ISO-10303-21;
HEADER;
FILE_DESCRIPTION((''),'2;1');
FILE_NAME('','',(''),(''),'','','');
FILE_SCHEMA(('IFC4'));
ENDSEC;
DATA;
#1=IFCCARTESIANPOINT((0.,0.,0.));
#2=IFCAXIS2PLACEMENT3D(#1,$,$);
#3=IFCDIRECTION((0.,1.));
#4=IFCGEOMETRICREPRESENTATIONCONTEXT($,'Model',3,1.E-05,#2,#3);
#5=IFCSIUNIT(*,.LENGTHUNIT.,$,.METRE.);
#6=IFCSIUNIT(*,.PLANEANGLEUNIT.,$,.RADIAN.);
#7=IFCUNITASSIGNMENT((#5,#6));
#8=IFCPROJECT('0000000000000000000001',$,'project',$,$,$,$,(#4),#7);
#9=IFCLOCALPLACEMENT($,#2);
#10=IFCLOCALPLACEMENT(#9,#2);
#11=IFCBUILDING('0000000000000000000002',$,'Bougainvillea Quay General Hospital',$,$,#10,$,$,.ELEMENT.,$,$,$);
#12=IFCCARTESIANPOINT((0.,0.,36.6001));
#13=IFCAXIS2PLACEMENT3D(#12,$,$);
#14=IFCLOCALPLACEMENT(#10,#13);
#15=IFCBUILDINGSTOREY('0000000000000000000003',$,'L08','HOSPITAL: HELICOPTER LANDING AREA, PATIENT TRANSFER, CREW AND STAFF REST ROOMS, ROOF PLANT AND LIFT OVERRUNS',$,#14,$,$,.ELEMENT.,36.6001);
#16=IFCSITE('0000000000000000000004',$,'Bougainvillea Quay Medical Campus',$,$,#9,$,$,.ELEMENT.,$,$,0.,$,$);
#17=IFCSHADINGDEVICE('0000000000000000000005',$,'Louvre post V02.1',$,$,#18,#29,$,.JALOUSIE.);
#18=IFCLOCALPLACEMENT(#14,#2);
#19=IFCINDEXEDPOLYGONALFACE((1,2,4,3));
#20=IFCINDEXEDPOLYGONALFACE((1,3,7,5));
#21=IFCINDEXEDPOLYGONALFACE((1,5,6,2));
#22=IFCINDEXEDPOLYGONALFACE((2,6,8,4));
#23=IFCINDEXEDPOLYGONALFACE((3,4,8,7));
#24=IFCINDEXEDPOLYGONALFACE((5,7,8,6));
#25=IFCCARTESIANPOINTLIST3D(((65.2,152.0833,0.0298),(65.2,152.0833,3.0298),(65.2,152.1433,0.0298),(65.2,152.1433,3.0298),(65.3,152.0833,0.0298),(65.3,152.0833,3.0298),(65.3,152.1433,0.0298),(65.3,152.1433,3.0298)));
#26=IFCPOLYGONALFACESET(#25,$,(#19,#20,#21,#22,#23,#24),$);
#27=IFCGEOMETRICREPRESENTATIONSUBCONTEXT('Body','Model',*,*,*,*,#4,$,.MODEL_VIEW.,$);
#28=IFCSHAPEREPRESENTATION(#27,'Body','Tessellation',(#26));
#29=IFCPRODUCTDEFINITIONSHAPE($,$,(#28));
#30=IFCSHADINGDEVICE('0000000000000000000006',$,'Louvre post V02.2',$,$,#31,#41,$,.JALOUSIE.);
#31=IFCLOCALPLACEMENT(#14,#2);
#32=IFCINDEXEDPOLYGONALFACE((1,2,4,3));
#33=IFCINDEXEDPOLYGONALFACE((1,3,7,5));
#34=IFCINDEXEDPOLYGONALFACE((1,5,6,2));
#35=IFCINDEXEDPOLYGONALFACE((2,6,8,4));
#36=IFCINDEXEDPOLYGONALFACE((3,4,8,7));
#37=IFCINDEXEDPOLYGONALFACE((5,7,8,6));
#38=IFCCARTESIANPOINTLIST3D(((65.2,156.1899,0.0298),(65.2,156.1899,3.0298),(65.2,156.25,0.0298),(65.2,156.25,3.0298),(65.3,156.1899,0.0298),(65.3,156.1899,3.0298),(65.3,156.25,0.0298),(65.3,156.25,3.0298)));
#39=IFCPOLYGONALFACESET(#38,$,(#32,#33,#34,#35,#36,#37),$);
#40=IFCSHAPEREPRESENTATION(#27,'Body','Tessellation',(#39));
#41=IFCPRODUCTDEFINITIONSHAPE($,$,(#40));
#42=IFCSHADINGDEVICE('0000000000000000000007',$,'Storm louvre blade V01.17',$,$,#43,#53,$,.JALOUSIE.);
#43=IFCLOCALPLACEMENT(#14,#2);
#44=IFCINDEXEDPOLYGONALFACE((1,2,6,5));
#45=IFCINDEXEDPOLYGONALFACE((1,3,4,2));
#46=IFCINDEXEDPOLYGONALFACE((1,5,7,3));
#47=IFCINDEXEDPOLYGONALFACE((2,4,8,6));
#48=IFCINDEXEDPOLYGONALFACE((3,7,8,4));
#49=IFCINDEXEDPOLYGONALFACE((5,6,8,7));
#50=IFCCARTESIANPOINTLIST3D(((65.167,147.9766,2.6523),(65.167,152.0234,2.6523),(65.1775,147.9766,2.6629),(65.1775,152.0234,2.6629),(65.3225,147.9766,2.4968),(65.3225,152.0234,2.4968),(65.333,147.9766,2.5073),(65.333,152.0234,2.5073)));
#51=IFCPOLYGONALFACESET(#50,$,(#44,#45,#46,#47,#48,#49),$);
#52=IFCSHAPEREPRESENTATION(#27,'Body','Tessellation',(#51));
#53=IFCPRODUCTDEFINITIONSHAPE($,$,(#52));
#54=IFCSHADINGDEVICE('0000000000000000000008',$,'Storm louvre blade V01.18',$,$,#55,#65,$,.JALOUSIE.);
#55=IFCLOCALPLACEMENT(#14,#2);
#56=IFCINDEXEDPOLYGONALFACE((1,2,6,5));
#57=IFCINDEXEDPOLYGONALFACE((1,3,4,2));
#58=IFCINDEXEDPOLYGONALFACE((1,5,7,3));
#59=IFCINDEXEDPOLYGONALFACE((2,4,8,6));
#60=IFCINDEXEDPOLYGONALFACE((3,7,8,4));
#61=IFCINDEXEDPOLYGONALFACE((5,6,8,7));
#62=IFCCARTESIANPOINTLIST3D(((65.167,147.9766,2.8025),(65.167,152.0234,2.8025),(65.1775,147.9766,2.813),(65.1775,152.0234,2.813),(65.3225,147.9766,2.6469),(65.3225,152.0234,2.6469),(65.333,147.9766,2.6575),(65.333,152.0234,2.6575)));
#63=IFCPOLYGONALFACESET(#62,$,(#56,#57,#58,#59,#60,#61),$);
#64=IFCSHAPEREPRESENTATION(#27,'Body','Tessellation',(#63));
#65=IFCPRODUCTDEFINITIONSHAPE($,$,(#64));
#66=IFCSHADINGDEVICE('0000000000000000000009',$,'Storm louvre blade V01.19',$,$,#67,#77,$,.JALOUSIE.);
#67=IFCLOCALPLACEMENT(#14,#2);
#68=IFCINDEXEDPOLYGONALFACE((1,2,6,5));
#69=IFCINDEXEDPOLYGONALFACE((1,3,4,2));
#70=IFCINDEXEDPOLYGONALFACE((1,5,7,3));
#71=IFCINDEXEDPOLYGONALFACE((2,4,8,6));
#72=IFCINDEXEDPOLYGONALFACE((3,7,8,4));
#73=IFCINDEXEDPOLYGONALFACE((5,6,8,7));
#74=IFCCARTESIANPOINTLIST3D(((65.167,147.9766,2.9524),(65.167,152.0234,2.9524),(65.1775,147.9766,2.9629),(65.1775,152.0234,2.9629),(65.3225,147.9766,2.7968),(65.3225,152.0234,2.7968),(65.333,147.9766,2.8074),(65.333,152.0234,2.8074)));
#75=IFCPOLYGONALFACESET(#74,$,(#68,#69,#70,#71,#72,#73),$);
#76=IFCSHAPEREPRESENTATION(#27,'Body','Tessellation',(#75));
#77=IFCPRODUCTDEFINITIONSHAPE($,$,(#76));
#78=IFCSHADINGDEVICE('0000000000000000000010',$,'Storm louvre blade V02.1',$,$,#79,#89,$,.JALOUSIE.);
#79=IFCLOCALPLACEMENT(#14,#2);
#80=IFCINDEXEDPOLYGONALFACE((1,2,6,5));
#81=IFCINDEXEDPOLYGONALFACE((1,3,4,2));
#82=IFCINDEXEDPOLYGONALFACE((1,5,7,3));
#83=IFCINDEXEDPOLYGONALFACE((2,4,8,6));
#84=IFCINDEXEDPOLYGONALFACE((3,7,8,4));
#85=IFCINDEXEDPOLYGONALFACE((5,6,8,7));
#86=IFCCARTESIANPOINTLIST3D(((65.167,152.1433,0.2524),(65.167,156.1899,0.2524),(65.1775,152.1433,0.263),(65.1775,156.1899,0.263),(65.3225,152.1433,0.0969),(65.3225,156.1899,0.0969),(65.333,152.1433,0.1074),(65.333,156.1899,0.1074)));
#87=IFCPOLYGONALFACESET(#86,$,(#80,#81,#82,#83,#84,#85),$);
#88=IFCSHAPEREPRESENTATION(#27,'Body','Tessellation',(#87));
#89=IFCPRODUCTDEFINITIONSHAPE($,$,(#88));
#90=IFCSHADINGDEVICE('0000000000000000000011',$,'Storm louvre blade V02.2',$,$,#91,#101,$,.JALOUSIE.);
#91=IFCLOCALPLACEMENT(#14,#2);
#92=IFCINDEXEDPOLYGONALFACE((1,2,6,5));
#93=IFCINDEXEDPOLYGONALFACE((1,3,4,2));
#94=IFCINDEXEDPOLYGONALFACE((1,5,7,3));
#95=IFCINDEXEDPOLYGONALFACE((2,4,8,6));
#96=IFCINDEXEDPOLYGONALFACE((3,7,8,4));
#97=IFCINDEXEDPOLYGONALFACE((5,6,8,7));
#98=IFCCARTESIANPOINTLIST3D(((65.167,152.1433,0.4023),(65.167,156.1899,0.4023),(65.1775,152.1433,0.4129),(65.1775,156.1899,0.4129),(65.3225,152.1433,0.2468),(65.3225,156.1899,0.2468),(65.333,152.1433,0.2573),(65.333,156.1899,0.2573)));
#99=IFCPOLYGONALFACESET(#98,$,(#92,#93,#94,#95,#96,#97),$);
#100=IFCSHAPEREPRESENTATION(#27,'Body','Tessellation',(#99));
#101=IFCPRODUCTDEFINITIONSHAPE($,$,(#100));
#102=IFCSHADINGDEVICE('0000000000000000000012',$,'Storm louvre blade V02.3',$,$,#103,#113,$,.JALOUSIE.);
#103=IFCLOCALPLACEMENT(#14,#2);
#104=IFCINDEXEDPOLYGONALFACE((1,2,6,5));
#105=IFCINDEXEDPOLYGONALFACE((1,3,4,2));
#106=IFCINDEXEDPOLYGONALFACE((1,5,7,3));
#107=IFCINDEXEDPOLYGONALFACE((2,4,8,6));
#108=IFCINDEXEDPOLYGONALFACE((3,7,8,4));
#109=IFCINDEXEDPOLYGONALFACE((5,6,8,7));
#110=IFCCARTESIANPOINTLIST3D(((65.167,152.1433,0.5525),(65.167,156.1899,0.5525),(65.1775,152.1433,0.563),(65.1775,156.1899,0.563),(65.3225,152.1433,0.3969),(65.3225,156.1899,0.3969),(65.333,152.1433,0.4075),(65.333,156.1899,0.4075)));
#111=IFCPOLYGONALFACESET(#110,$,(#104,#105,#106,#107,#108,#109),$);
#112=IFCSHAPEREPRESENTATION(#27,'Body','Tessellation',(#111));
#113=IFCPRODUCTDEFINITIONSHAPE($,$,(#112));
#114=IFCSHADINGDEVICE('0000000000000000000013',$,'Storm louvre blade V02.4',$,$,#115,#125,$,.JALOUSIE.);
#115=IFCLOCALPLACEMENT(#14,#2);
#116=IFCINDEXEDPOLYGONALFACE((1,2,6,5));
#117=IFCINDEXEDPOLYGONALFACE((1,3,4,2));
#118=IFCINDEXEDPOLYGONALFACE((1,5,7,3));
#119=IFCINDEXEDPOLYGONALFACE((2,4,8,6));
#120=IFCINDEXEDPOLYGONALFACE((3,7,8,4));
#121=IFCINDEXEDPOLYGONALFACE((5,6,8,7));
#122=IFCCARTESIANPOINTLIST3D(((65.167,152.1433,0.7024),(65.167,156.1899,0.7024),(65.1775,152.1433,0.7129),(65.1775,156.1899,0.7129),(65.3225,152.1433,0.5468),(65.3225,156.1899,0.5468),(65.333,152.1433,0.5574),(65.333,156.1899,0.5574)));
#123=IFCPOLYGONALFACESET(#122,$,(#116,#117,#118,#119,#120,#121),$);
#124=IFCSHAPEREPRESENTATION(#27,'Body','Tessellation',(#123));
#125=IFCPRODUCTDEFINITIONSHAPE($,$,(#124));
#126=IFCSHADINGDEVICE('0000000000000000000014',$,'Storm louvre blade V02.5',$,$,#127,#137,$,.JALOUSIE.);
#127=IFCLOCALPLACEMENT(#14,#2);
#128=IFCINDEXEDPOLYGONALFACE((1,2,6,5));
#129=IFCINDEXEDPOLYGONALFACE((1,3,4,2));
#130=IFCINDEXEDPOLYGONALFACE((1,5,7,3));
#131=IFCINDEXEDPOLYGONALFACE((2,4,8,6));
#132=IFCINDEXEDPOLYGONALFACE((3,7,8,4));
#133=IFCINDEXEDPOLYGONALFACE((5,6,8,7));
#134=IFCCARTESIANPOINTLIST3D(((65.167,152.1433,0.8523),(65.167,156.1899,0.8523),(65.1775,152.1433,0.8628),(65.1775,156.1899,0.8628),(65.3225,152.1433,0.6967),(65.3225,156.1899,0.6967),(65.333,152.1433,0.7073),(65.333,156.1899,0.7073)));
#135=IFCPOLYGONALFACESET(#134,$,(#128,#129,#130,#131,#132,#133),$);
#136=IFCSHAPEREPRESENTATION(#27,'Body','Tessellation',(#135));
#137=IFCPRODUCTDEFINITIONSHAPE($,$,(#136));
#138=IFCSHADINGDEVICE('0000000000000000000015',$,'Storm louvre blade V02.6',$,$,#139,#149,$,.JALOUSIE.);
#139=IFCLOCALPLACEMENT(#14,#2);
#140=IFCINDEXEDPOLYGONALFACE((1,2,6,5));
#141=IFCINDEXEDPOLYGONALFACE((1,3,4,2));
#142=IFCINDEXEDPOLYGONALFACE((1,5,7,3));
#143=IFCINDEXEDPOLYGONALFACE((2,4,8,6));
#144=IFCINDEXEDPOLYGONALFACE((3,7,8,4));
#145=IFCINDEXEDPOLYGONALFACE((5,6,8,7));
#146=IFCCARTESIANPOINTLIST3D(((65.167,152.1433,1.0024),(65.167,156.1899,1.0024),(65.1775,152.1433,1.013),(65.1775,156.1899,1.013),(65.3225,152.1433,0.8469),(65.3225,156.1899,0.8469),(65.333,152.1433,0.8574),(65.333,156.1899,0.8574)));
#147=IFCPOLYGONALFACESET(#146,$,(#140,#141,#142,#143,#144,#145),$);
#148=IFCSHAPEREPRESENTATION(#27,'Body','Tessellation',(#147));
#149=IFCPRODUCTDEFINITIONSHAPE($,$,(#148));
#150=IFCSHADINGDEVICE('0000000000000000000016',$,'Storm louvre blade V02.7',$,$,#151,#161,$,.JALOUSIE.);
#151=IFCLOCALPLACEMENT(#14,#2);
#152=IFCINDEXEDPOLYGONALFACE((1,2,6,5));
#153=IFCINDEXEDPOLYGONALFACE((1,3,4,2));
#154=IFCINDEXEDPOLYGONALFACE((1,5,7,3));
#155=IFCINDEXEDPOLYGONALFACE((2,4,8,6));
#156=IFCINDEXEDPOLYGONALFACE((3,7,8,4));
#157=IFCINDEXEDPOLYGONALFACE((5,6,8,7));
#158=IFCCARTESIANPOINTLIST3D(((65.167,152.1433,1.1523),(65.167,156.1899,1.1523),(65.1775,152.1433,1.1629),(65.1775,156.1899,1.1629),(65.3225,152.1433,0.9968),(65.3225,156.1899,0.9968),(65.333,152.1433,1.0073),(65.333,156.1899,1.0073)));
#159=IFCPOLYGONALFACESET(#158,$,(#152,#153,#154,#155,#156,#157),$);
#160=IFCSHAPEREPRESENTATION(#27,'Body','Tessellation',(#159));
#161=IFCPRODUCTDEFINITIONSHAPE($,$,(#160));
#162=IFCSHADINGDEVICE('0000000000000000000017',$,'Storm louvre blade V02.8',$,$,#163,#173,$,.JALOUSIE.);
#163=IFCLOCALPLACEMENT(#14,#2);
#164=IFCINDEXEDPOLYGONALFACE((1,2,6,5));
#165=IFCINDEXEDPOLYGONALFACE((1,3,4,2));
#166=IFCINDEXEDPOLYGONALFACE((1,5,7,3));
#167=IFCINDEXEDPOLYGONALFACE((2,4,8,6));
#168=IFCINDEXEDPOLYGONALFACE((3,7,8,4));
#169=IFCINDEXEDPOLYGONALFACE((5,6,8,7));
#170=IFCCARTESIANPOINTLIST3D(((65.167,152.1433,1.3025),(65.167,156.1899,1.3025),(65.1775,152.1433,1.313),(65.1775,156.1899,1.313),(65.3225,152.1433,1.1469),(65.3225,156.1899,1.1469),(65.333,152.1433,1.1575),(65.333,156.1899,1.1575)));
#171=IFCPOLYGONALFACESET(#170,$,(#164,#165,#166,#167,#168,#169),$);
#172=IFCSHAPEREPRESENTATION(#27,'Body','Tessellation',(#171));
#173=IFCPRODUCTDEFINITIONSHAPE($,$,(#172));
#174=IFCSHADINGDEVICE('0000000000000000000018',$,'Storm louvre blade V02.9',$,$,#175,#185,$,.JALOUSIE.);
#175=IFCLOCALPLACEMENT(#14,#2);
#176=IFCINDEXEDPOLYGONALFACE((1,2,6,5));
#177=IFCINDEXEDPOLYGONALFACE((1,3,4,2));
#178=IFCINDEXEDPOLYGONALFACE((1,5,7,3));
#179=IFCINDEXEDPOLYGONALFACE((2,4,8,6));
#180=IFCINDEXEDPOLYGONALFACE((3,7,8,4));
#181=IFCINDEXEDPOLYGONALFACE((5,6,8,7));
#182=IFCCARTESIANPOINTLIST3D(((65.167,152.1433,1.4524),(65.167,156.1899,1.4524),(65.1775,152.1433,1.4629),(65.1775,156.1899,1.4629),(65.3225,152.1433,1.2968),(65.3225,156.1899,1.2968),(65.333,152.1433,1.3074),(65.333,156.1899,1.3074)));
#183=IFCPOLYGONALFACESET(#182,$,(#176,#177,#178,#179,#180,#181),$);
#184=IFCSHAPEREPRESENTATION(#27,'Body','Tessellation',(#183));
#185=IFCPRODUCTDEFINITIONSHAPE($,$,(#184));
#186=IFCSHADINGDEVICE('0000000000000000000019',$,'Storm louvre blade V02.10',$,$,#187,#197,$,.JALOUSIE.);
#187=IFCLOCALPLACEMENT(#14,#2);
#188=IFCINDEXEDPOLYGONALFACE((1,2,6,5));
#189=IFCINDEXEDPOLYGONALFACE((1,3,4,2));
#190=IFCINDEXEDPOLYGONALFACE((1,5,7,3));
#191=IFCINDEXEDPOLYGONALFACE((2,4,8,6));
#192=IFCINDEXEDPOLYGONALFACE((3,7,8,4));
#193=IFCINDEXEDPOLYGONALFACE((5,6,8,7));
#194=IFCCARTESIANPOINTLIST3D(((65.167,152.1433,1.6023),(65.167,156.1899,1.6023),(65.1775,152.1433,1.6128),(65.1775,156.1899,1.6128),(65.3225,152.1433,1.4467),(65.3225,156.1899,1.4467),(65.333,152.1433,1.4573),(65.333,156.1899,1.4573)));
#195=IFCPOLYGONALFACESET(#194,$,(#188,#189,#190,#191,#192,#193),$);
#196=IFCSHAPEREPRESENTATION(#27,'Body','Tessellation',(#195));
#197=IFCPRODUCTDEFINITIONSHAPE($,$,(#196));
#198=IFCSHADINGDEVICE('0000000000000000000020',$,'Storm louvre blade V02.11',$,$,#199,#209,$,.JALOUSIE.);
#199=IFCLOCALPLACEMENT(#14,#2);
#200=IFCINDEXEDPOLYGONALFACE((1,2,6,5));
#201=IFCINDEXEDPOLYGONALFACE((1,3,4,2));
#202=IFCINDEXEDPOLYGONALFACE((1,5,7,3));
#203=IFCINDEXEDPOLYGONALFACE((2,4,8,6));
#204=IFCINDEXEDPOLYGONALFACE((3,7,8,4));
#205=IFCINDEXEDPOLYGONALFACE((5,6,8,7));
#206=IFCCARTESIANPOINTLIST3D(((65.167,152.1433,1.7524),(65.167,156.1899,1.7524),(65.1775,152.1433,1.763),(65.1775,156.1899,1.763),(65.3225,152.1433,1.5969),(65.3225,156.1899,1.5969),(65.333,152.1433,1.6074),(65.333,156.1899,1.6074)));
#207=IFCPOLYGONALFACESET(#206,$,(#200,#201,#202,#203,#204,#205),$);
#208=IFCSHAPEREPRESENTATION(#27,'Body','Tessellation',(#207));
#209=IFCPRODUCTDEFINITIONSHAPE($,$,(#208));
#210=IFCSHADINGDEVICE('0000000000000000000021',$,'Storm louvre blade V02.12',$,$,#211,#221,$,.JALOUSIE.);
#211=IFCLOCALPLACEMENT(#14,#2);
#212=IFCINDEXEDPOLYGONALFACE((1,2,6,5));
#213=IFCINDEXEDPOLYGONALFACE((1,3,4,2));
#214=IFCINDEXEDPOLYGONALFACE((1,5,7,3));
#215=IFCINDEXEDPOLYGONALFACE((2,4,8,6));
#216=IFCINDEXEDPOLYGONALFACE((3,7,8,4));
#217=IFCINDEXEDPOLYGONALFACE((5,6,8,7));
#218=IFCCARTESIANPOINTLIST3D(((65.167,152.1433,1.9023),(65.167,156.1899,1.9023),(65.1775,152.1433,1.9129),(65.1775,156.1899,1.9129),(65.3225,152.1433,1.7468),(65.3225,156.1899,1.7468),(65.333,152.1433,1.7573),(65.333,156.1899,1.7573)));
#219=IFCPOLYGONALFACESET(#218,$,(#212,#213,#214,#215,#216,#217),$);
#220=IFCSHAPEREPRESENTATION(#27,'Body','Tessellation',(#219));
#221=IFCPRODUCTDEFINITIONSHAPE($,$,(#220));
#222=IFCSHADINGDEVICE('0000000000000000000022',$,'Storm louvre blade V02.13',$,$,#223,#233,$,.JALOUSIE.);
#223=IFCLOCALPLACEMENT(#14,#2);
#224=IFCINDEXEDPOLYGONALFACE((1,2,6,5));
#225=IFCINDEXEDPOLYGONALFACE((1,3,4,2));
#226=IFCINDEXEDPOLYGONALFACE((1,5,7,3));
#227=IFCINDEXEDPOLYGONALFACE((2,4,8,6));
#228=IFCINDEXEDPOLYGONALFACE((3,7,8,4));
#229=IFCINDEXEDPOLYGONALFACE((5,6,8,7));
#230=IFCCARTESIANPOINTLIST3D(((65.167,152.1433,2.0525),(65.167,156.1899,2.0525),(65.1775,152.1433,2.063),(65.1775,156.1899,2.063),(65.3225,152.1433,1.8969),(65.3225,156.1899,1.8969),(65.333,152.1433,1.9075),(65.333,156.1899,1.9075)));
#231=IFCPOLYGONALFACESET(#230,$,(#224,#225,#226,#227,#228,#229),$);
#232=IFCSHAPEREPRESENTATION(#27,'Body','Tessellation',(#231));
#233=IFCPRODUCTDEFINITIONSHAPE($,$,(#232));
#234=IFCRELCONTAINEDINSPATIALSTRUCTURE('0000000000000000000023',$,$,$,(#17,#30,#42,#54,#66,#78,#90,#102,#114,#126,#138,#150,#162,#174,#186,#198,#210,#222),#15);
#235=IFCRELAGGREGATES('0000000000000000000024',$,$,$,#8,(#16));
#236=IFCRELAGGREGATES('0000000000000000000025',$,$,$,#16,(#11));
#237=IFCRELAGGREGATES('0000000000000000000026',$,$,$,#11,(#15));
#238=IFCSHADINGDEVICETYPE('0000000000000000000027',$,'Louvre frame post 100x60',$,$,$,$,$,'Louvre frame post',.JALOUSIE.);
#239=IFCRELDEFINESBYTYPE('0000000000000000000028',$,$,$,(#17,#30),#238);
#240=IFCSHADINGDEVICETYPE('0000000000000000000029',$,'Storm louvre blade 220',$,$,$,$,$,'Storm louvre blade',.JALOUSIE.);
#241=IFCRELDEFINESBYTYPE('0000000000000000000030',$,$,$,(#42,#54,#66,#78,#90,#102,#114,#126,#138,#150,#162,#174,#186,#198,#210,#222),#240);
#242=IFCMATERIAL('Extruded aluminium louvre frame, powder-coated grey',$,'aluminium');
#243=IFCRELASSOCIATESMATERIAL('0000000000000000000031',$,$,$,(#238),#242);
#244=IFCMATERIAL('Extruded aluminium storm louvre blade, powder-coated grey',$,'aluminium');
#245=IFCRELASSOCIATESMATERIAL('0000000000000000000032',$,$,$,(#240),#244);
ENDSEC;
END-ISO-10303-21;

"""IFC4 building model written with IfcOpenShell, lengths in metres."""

from ifc_helpers import new_model, si_unit, direction, frame, origin, origin_2d, place, context, subcontext, project, spatial, rectangle, extrude, material, material_profile, profile_set, type_object, element, save


model = new_model("IFC4")

# Units and contexts
model_context = context("Model", 3, precision=1e-05, world=origin(), true_north=direction((0.0, 1.0)))
body_context = subcontext(model_context, "Body", "Model", "MODEL_VIEW")
ifc_project = project(units=[si_unit("LENGTHUNIT", "METRE"), si_unit("PLANEANGLEUNIT", "RADIAN")], contexts=[model_context])

# Site, building, storey
site_placement = place(None, origin())
site = spatial("IfcSite", under=ifc_project, at=site_placement, Name="Bougainvillea Quay Medical Campus", CompositionType="ELEMENT", RefElevation=0.0)
building_placement = place(site_placement, origin())
building = spatial("IfcBuilding", under=site, at=building_placement, Name="Bougainvillea Quay General Hospital", CompositionType="ELEMENT")
storey_placement = place(building_placement, frame((0.0, 0.0, 36.6001)))
storey = spatial("IfcBuildingStorey", under=building, at=storey_placement, Name="L08", Description="HOSPITAL: HELICOPTER LANDING AREA, PATIENT TRANSFER, CREW AND STAFF REST ROOMS, ROOF PLANT AND LIFT OVERRUNS", CompositionType="ELEMENT", Elevation=36.6001)

# Shading devices
ifc_material_1 = material(Name="Extruded aluminium louvre frame, powder-coated grey", Category="aluminium")
ifc_material_profile_1 = material_profile(ifc_material_1, rectangle(XDim=0.1001, YDim=0.0601, at=origin_2d()))
ifc_profile_set_1 = profile_set([ifc_material_profile_1], Name="Extruded aluminium louvre frame, powder-coated grey")
shading_device_type_1 = type_object("IfcShadingDeviceType", Name="Louvre frame post 100x60", ElementType="Louvre frame post", PredefinedType="JALOUSIE", material=ifc_profile_set_1)
for number, where, z_axis, x_axis, name in (
    (1, (65.25, 152.1133, 0.0298), (0.0, 0.0, 1.0), (-1.0, 0.0, 0.0), "Louvre post V02.1"),
    (2, (65.25, 156.22, 0.0298), (0.0, 0.0, 1.0), (-1.0, 0.0, 0.0), "Louvre post V02.2"),
):
    element("IfcShadingDevice", number, at=place(storey_placement, frame(where, z_axis=z_axis, x_axis=x_axis)), inside=storey, type_object=shading_device_type_1, Name=name, PredefinedType="JALOUSIE", context=body_context, shape_type="SweptSolid", body=[
        extrude(rectangle(XDim=0.1001, YDim=0.0601, at=origin_2d()), origin(), (0.0, 0.0, 1.0), 3.0),
    ])
ifc_material_2 = material(Name="Extruded aluminium storm louvre blade, powder-coated grey", Category="aluminium")
ifc_material_profile_2 = material_profile(ifc_material_2, rectangle(XDim=0.22, YDim=0.0149, at=origin_2d()))
ifc_profile_set_2 = profile_set([ifc_material_profile_2], Name="Extruded aluminium storm louvre blade, powder-coated grey")
shading_device_type_2 = type_object("IfcShadingDeviceType", Name="Storm louvre blade 220", ElementType="Storm louvre blade", PredefinedType="JALOUSIE", material=ifc_profile_set_2)
for number, where, z_axis, x_axis, name in (
    (3, (65.25, 147.9766, 2.5798), (0.0, 1.0, 0.0), (-0.707107, 0.0, 0.707107), "Storm louvre blade V01.17"),
    (4, (65.25, 147.9766, 2.73), (0.0, 1.0, 0.0), (-0.707107, 0.0, 0.707107), "Storm louvre blade V01.18"),
    (5, (65.25, 147.9766, 2.8799), (0.0, 1.0, 0.0), (-0.707107, 0.0, 0.707107), "Storm louvre blade V01.19"),
):
    element("IfcShadingDevice", number, at=place(storey_placement, frame(where, z_axis=z_axis, x_axis=x_axis)), inside=storey, type_object=shading_device_type_2, Name=name, PredefinedType="JALOUSIE", context=body_context, shape_type="SweptSolid", body=[
        extrude(rectangle(XDim=0.22, YDim=0.0149, at=origin_2d()), origin(), (0.0, 0.0, 1.0), 4.0469),
    ])
for number, where, z_axis, x_axis, name in (
    (6, (65.25, 152.1433, 0.1799), (0.0, 1.0, 0.0), (-0.707107, 0.0, 0.707107), "Storm louvre blade V02.1"),
    (7, (65.25, 152.1433, 0.3298), (0.0, 1.0, 0.0), (-0.707107, 0.0, 0.707107), "Storm louvre blade V02.2"),
    (8, (65.25, 152.1433, 0.48), (0.0, 1.0, 0.0), (-0.707107, 0.0, 0.707107), "Storm louvre blade V02.3"),
    (9, (65.25, 152.1433, 0.6299), (0.0, 1.0, 0.0), (-0.707107, 0.0, 0.707107), "Storm louvre blade V02.4"),
    (10, (65.25, 152.1433, 0.7798), (0.0, 1.0, 0.0), (-0.707107, 0.0, 0.707107), "Storm louvre blade V02.5"),
    (11, (65.25, 152.1433, 0.9299), (0.0, 1.0, 0.0), (-0.707107, 0.0, 0.707107), "Storm louvre blade V02.6"),
    (12, (65.25, 152.1433, 1.0798), (0.0, 1.0, 0.0), (-0.707107, 0.0, 0.707107), "Storm louvre blade V02.7"),
    (13, (65.25, 152.1433, 1.23), (0.0, 1.0, 0.0), (-0.707107, 0.0, 0.707107), "Storm louvre blade V02.8"),
    (14, (65.25, 152.1433, 1.3799), (0.0, 1.0, 0.0), (-0.707107, 0.0, 0.707107), "Storm louvre blade V02.9"),
    (15, (65.25, 152.1433, 1.5298), (0.0, 1.0, 0.0), (-0.707107, 0.0, 0.707107), "Storm louvre blade V02.10"),
    (16, (65.25, 152.1433, 1.6799), (0.0, 1.0, 0.0), (-0.707107, 0.0, 0.707107), "Storm louvre blade V02.11"),
    (17, (65.25, 152.1433, 1.8298), (0.0, 1.0, 0.0), (-0.707107, 0.0, 0.707107), "Storm louvre blade V02.12"),
    (18, (65.25, 152.1433, 1.98), (0.0, 1.0, 0.0), (-0.707107, 0.0, 0.707107), "Storm louvre blade V02.13"),
):
    element("IfcShadingDevice", number, at=place(storey_placement, frame(where, z_axis=z_axis, x_axis=x_axis)), inside=storey, type_object=shading_device_type_2, Name=name, PredefinedType="JALOUSIE", context=body_context, shape_type="SweptSolid", body=[
        extrude(rectangle(XDim=0.22, YDim=0.0149, at=origin_2d()), origin(), (0.0, 0.0, 1.0), 4.0466),
    ])

save(model, "model.ifc")
